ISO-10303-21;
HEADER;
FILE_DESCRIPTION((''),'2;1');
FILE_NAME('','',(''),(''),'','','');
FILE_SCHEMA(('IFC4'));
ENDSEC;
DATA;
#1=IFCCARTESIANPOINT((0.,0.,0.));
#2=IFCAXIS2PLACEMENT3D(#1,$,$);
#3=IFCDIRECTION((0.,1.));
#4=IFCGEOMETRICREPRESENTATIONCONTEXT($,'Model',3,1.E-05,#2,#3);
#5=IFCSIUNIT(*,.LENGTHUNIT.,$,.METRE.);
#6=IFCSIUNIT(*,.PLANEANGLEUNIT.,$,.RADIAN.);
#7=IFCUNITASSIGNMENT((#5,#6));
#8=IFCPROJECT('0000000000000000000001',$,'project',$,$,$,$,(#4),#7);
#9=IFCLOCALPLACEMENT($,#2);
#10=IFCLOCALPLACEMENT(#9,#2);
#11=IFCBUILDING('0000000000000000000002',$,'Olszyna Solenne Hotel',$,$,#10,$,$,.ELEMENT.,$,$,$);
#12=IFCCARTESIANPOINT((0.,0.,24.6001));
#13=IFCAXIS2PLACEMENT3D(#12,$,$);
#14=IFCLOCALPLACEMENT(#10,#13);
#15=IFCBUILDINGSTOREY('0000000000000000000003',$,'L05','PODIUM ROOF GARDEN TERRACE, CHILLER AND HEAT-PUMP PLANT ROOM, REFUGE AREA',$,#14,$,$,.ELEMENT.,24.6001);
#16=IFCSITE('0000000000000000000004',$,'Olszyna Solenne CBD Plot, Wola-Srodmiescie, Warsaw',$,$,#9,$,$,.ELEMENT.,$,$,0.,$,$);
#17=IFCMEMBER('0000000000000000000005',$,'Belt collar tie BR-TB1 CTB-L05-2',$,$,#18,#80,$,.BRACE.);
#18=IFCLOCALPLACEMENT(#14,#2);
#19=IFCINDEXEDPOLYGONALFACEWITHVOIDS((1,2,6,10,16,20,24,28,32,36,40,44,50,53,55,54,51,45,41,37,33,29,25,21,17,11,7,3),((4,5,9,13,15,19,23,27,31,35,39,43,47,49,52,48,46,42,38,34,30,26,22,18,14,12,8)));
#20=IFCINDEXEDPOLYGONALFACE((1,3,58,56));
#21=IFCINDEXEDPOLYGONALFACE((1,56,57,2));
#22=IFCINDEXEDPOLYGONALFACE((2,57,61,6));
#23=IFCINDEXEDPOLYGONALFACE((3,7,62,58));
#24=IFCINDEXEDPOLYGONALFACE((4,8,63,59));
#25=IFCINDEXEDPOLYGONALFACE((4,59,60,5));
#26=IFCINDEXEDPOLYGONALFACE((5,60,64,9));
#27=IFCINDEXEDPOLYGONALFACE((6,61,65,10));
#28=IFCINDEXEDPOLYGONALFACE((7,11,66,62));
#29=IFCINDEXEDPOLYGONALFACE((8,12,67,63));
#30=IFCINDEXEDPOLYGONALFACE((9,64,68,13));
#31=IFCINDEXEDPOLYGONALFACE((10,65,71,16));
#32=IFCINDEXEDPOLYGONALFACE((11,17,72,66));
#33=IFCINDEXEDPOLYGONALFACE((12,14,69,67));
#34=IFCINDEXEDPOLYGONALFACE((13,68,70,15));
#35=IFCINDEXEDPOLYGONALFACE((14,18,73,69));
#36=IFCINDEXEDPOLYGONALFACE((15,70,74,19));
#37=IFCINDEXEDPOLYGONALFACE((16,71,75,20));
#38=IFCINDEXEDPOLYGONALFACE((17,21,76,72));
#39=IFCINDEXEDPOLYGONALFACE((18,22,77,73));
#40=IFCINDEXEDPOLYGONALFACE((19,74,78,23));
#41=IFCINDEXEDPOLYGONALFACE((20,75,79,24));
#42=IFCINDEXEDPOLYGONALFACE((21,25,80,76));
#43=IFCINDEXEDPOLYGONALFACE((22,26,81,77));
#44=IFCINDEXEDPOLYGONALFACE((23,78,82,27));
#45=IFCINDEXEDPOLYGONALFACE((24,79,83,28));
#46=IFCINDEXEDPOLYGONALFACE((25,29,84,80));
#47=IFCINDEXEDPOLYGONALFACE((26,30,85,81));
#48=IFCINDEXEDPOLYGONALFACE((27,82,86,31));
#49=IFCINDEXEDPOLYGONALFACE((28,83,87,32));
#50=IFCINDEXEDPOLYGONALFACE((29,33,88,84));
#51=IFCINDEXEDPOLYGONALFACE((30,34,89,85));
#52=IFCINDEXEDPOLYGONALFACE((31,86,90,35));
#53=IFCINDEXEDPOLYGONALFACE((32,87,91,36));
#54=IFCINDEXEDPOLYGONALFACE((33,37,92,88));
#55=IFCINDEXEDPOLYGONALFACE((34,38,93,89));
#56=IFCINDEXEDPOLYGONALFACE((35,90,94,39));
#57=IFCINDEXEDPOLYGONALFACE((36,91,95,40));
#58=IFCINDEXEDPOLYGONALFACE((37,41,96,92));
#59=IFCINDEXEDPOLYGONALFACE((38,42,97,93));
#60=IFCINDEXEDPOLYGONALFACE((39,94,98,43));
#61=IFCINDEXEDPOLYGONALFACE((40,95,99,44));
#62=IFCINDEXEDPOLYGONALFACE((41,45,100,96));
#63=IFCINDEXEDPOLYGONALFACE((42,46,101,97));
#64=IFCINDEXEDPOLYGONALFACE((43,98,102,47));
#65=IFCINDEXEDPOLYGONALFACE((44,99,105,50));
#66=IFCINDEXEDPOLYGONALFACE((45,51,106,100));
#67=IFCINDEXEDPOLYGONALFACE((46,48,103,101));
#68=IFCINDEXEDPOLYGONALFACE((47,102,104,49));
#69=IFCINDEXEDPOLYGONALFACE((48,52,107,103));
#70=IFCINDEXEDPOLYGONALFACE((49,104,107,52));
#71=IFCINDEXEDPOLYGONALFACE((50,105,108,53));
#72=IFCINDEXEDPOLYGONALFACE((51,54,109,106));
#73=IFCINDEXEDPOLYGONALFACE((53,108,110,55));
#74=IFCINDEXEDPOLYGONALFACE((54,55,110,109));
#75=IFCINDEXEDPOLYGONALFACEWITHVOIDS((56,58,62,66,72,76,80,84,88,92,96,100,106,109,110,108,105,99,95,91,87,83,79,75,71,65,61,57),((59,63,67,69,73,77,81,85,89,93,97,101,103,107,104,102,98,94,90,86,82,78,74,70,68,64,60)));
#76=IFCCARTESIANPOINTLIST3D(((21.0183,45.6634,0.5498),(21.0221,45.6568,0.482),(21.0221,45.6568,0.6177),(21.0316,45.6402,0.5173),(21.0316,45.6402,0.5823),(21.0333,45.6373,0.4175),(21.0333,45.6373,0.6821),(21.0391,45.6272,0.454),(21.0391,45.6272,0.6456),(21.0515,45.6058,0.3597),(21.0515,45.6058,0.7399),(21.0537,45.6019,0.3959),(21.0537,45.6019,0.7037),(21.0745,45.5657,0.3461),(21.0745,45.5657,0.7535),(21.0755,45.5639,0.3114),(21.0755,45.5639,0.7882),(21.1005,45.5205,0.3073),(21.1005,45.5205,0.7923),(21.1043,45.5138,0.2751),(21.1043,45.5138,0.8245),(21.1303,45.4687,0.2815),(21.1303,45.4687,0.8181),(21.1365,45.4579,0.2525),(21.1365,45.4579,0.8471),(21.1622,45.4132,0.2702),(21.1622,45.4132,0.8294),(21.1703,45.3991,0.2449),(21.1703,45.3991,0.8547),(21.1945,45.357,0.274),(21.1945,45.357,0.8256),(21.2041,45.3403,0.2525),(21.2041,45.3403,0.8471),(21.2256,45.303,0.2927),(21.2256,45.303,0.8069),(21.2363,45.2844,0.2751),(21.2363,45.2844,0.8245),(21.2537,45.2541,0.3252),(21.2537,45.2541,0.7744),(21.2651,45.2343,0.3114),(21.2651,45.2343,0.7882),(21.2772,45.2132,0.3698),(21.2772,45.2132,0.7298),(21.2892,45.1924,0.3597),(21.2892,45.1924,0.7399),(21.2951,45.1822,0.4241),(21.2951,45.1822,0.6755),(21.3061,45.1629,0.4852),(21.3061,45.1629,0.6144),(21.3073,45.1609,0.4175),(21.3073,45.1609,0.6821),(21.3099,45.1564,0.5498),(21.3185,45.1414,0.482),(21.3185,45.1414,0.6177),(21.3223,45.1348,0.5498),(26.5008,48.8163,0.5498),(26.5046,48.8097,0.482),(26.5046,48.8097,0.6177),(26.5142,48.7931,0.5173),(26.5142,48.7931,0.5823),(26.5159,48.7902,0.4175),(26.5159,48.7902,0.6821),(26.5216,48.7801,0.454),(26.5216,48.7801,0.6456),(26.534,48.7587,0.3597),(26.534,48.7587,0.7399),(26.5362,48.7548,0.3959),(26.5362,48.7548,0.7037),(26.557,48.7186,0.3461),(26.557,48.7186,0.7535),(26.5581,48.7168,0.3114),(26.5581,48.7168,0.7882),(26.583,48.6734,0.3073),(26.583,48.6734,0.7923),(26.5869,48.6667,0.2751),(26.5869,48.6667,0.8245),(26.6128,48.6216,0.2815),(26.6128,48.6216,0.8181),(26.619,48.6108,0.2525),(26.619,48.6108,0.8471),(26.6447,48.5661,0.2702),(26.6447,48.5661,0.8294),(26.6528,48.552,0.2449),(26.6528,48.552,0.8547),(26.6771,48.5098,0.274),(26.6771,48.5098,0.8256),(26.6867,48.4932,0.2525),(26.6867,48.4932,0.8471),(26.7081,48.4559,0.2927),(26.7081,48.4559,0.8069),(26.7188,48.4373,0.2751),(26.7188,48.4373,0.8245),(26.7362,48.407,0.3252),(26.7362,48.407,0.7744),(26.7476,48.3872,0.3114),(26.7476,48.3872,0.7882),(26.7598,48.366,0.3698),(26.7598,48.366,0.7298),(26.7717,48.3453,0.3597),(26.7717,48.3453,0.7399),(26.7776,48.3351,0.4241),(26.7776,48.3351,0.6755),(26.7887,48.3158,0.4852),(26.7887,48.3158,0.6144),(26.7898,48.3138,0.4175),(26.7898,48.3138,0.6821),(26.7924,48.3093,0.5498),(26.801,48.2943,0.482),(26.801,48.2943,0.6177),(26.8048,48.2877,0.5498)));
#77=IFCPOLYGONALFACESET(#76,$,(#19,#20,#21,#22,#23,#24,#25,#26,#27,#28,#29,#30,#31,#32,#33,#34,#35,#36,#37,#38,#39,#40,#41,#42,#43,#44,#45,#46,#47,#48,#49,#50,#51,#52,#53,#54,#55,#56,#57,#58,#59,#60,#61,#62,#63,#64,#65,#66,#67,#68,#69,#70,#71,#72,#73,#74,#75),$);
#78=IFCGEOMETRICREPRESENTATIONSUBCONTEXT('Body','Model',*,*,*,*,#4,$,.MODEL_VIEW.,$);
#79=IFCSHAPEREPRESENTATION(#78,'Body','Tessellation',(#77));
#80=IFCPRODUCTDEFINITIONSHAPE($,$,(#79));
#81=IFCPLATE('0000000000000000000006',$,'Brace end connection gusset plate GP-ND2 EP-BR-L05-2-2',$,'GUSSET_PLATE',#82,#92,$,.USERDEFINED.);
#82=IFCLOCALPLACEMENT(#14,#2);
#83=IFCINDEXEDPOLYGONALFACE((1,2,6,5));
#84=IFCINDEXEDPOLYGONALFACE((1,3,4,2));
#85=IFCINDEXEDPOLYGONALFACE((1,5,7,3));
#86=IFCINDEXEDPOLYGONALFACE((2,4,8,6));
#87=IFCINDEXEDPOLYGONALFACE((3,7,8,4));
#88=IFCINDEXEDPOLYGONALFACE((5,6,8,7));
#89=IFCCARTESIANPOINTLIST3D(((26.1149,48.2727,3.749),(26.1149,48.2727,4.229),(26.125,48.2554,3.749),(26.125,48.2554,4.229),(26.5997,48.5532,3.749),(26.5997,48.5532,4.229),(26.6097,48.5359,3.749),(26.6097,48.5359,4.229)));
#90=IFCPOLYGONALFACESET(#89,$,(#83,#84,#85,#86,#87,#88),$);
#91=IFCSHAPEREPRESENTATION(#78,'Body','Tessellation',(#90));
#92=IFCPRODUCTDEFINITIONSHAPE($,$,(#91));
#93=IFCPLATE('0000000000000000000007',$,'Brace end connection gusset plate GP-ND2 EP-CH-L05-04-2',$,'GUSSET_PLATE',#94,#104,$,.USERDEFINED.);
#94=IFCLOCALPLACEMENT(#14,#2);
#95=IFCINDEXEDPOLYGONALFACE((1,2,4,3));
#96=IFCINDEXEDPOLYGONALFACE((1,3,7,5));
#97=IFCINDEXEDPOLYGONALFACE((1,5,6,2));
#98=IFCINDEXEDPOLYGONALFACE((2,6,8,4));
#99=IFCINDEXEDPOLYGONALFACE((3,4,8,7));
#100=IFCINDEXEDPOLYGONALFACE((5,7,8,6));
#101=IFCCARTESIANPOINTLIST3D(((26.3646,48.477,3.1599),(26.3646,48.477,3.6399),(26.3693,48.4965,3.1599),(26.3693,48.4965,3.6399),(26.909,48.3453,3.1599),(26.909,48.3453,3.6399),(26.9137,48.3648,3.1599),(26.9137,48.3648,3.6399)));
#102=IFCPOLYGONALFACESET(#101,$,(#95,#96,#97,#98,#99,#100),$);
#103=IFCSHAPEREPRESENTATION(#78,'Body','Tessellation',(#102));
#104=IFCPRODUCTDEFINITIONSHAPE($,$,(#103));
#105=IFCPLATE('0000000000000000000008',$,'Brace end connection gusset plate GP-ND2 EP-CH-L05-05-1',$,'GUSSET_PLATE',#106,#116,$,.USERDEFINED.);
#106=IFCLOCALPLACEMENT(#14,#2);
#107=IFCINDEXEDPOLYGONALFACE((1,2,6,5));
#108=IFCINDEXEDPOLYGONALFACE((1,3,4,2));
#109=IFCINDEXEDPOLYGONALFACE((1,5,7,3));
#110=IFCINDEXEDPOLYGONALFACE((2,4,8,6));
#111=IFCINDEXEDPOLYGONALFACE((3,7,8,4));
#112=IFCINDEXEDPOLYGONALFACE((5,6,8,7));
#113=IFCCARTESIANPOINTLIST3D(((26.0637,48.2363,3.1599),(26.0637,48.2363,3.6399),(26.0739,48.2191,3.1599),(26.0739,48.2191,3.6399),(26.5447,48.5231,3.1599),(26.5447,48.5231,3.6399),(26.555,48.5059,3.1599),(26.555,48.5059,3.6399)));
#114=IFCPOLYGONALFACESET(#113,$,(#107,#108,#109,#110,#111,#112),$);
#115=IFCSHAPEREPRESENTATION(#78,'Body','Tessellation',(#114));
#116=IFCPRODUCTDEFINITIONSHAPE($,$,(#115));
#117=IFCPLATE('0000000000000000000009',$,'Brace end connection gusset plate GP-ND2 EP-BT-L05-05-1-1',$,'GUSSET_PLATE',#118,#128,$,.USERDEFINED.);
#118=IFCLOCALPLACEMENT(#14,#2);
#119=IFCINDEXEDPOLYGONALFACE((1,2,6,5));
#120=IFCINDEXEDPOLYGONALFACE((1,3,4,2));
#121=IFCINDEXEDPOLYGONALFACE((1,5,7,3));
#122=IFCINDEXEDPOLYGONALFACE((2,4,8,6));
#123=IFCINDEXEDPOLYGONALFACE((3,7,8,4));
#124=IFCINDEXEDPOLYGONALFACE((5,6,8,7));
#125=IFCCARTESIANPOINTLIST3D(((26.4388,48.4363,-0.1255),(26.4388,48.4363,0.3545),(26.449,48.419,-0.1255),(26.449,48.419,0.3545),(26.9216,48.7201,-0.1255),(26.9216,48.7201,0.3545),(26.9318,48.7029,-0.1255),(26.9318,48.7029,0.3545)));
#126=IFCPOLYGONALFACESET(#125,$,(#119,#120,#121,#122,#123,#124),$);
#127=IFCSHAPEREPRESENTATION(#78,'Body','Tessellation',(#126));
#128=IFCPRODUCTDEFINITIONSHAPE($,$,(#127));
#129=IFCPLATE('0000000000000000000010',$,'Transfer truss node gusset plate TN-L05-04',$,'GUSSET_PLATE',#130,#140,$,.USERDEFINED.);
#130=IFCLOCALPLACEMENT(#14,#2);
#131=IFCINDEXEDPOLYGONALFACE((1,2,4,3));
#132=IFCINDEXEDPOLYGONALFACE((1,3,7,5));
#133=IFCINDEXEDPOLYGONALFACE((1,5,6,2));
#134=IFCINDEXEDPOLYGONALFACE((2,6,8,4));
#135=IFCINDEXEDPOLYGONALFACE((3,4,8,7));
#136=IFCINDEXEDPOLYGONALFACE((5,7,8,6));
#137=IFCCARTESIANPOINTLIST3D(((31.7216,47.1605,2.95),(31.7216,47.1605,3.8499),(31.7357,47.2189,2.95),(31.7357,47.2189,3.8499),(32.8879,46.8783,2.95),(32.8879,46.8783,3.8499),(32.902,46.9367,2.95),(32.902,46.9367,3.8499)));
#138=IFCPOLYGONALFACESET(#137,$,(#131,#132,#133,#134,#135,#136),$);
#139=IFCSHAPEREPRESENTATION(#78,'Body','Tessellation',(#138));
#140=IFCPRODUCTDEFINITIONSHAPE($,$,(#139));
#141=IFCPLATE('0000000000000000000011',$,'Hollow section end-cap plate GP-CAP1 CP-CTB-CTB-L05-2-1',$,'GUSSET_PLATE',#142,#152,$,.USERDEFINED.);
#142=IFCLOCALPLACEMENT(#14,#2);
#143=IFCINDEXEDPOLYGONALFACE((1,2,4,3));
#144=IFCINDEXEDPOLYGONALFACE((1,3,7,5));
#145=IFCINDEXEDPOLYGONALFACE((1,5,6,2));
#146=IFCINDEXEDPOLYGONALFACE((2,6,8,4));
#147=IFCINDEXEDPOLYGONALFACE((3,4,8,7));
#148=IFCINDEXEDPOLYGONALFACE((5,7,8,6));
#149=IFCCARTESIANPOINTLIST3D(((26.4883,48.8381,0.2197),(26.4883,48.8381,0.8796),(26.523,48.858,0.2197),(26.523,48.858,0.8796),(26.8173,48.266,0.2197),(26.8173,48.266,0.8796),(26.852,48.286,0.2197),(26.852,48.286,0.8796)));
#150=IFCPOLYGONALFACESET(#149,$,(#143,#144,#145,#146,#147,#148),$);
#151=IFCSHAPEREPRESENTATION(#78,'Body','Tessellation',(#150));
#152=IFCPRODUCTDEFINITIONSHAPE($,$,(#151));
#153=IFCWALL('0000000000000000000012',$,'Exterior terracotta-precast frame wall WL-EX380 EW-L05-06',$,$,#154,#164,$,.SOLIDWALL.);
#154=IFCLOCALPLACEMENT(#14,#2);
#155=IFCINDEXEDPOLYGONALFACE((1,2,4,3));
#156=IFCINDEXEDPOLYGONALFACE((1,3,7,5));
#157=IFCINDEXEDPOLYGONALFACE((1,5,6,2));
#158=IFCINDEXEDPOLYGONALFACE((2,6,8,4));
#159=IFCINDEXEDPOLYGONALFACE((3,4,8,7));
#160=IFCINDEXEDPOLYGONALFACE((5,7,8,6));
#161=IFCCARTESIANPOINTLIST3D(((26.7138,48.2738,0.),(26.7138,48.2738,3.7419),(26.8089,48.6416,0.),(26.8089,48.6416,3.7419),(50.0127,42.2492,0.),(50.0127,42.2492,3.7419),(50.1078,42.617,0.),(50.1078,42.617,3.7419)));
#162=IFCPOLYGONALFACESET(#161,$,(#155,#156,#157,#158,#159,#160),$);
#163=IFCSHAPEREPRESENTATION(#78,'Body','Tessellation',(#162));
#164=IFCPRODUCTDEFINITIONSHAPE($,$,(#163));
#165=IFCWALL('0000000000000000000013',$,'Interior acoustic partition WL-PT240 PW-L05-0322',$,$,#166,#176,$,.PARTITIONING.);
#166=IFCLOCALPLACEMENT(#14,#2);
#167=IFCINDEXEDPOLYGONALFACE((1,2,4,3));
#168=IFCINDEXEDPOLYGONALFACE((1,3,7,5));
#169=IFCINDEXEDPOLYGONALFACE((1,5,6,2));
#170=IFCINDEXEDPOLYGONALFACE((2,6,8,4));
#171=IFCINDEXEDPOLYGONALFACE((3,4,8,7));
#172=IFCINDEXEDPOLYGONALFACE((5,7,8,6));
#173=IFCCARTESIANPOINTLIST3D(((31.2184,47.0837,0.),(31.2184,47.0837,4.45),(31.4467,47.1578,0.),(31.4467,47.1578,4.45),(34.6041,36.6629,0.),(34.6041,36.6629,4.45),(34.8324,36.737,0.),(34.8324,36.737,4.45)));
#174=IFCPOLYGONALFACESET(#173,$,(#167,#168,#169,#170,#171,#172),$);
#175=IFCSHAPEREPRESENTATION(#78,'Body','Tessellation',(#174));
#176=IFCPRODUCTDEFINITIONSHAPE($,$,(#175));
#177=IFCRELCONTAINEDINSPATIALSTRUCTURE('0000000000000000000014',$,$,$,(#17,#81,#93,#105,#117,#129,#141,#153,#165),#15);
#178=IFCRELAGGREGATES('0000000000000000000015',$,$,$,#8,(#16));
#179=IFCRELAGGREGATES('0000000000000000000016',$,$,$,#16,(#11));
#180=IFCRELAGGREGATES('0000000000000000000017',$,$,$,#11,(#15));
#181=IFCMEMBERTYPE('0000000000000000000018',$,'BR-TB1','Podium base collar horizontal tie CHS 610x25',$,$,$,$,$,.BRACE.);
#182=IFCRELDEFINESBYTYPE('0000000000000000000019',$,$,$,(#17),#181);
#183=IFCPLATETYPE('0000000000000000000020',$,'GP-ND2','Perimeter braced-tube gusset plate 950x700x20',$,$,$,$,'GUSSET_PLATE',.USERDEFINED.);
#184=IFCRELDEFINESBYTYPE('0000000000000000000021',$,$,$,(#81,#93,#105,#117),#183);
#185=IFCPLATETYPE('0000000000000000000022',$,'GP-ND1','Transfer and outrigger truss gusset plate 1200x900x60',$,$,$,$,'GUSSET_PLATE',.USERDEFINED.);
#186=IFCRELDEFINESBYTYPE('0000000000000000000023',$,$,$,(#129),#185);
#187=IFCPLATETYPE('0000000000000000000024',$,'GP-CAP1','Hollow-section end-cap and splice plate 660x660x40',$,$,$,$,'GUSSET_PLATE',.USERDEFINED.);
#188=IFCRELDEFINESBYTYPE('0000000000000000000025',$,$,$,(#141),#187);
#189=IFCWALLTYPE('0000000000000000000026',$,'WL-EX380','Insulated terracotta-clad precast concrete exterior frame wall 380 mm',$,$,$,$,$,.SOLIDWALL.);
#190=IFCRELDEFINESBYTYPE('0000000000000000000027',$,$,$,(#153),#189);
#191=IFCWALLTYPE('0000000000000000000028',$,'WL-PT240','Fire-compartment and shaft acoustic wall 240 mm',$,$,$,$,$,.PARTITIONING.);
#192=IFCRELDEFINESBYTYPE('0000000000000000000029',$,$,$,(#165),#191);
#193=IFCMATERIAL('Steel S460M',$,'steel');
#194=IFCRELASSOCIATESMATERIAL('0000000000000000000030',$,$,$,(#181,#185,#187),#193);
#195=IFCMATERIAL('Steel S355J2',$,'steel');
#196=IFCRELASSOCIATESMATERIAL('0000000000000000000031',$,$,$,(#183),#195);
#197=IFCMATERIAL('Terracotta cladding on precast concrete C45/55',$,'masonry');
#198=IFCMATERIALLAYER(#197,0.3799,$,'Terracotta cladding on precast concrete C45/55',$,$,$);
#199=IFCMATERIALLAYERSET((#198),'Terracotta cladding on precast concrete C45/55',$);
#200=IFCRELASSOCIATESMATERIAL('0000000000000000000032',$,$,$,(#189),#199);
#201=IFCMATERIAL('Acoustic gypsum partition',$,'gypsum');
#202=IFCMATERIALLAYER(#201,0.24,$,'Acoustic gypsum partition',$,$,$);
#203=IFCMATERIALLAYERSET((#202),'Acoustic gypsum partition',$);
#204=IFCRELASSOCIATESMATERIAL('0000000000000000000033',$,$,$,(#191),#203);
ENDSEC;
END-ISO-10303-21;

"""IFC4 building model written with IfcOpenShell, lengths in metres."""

from ifc_helpers import new_model, si_unit, direction, frame, frame_2d, origin, origin_2d, place, context, subcontext, project, spatial, rectangle, hollow_circle, extrude, source, transform, mapped, material, layer, layer_set, material_profile, profile_set, type_object, element, save


model = new_model("IFC4")

# Units and contexts
model_context = context("Model", 3, precision=1e-05, world=origin(), true_north=direction((0.0, 1.0)))
body_context = subcontext(model_context, "Body", "Model", "MODEL_VIEW")
ifc_project = project(units=[si_unit("LENGTHUNIT", "METRE"), si_unit("PLANEANGLEUNIT", "RADIAN")], contexts=[model_context])

# Site, building, storey
site_placement = place(None, origin())
site = spatial("IfcSite", under=ifc_project, at=site_placement, Name="Olszyna Solenne CBD Plot, Wola-Srodmiescie, Warsaw", CompositionType="ELEMENT", RefElevation=0.0)
building_placement = place(site_placement, origin())
building = spatial("IfcBuilding", under=site, at=building_placement, Name="Olszyna Solenne Hotel", CompositionType="ELEMENT")
storey_placement = place(building_placement, frame((0.0, 0.0, 24.6001)))
storey = spatial("IfcBuildingStorey", under=building, at=storey_placement, Name="L05", Description="PODIUM ROOF GARDEN TERRACE, CHILLER AND HEAT-PUMP PLANT ROOM, REFUGE AREA", CompositionType="ELEMENT", Elevation=24.6001)

# Shared definitions
ifc_material_1 = material(Name="Steel S460M", Category="steel")

# Shared definitions
ifc_material_2 = material(Name="Steel S355J2", Category="steel")

# Member
ifc_material_profile_1 = material_profile(ifc_material_1, hollow_circle(Radius=0.3049, WallThickness=0.0249, at=origin_2d()), Name="CHS 610x25", Category="load-bearing")
ifc_profile_set_1 = profile_set([ifc_material_profile_1], Name="Steel S460M")
member_type_1 = type_object("IfcMemberType", Name="BR-TB1", Description="Podium base collar horizontal tie CHS 610x25", PredefinedType="BRACE", material=ifc_profile_set_1)
shared_shape_1 = source(origin(), body_context, "Body", "SweptSolid", [
    extrude(hollow_circle(Radius=0.3049, WallThickness=0.0249, at=origin_2d()), origin(), (0.0, 0.0, 1.0), 6.3245),
])
member_1_placement = place(storey_placement, frame((26.6528, 48.552, 0.5498), z_axis=(-0.866876, -0.498523, 0.0), x_axis=(0.498523, -0.866876, 0.0)))
element("IfcMember", 1, at=member_1_placement, inside=storey, type_object=member_type_1, Name="Belt collar tie BR-TB1 CTB-L05-2", PredefinedType="BRACE", context=body_context, shape_type="MappedRepresentation", body=[
    mapped(shared_shape_1, transform((0.0, 0.0, 0.0), x_axis=(1.0, 0.0, 0.0), y_axis=(0.0, 1.0, 0.0), z_axis=(0.0, 0.0, 1.0), scale=1.0)),
])

# Plates
plate_type_1 = type_object("IfcPlateType", Name="GP-ND2", Description="Perimeter braced-tube gusset plate 950x700x20", ElementType="GUSSET_PLATE", PredefinedType="USERDEFINED", material=ifc_material_2)
shared_shape_2 = source(origin(), body_context, "Body", "SweptSolid", [
    extrude(rectangle(XDim=0.5601, YDim=0.02, at=origin_2d()), origin(), (0.0, 0.0, 1.0), 0.48),
])
for number, where, z_axis, x_axis, name in (
    (2, (26.3623, 48.4043, 3.749), (0.0, 0.0, 1.0), (0.865501, 0.500907, 0.0), "Brace end connection gusset plate GP-ND2 EP-BR-L05-2-2"),
    (3, (26.6392, 48.4209, 3.1599), (0.0, 0.0, 1.0), (-0.971961, 0.235142, 0.0), "Brace end connection gusset plate GP-ND2 EP-CH-L05-04-2"),
    (4, (26.3093, 48.3711, 3.1599), (0.0, 0.0, 1.0), (-0.85896, -0.512043, 0.0), "Brace end connection gusset plate GP-ND2 EP-CH-L05-05-1"),
    (5, (26.6853, 48.5696, -0.1255), (0.0, 0.0, 1.0), (-0.862072, -0.506786, 0.0), "Brace end connection gusset plate GP-ND2 EP-BT-L05-05-1-1"),
):
    element("IfcPlate", number, at=place(storey_placement, frame(where, z_axis=z_axis, x_axis=x_axis)), inside=storey, type_object=plate_type_1, Name=name, ObjectType="GUSSET_PLATE", PredefinedType="USERDEFINED", context=body_context, shape_type="MappedRepresentation", body=[
        mapped(shared_shape_2, transform((0.0, 0.0, 0.0), x_axis=(1.0, 0.0, 0.0), y_axis=(0.0, 1.0, 0.0), z_axis=(0.0, 0.0, 1.0), scale=1.0)),
    ])
plate_type_2 = type_object("IfcPlateType", Name="GP-ND1", Description="Transfer and outrigger truss gusset plate 1200x900x60", ElementType="GUSSET_PLATE", PredefinedType="USERDEFINED", material=ifc_material_1)
shared_shape_3 = source(origin(), body_context, "Body", "SweptSolid", [
    extrude(rectangle(XDim=1.2, YDim=0.0601, at=origin_2d()), origin(), (0.0, 0.0, 1.0), 0.8999),
])
plate_1_placement = place(storey_placement, frame((32.3118, 47.0486, 2.95), z_axis=(0.0, 0.0, 1.0), x_axis=(-0.971961, 0.235142, 0.0)))
element("IfcPlate", 6, at=plate_1_placement, inside=storey, type_object=plate_type_2, Name="Transfer truss node gusset plate TN-L05-04", ObjectType="GUSSET_PLATE", PredefinedType="USERDEFINED", context=body_context, shape_type="MappedRepresentation", body=[
    mapped(shared_shape_3, transform((0.0, 0.0, 0.0), x_axis=(1.0, 0.0, 0.0), y_axis=(0.0, 1.0, 0.0), z_axis=(0.0, 0.0, 1.0), scale=1.0)),
])
plate_type_3 = type_object("IfcPlateType", Name="GP-CAP1", Description="Hollow-section end-cap and splice plate 660x660x40", ElementType="GUSSET_PLATE", PredefinedType="USERDEFINED", material=ifc_material_1)
shared_shape_4 = source(origin(), body_context, "Body", "SweptSolid", [
    extrude(rectangle(XDim=0.04, YDim=0.6599, at=origin_2d()), origin(), (0.0, 0.0, 1.0), 0.6599),
])
plate_2_placement = place(storey_placement, frame((26.6702, 48.562, 0.2197), z_axis=(0.0, 0.0, 1.0), x_axis=(-0.866897, -0.498488, 0.0)))
element("IfcPlate", 7, at=plate_2_placement, inside=storey, type_object=plate_type_3, Name="Hollow section end-cap plate GP-CAP1 CP-CTB-CTB-L05-2-1", ObjectType="GUSSET_PLATE", PredefinedType="USERDEFINED", context=body_context, shape_type="MappedRepresentation", body=[
    mapped(shared_shape_4, transform((0.0, 0.0, 0.0), x_axis=(1.0, 0.0, 0.0), y_axis=(0.0, 1.0, 0.0), z_axis=(0.0, 0.0, 1.0), scale=1.0)),
])

# Walls
ifc_material_3 = material(Name="Terracotta cladding on precast concrete C45/55", Category="masonry")
ifc_layer_1 = layer(ifc_material_3, 0.3799, Name="Terracotta cladding on precast concrete C45/55")
ifc_layer_set_1 = layer_set([ifc_layer_1], Name="Terracotta cladding on precast concrete C45/55")
wall_type_1 = type_object("IfcWallType", Name="WL-EX380", Description="Insulated terracotta-clad precast concrete exterior frame wall 380 mm", PredefinedType="SOLIDWALL", material=ifc_layer_set_1)
wall_1_placement = place(storey_placement, frame((26.7612, 48.4578, 0.0), z_axis=(0.0, 0.0, 1.0), x_axis=(0.968156, -0.250348, 0.0)))
element("IfcWall", 8, at=wall_1_placement, inside=storey, type_object=wall_type_1, Name="Exterior terracotta-precast frame wall WL-EX380 EW-L05-06", PredefinedType="SOLIDWALL", context=body_context, shape_type="SweptSolid", body=[
    extrude(rectangle(XDim=24.0652, YDim=0.3799, at=frame_2d((12.0327, 0.0))), origin(), (0.0, 0.0, 1.0), 3.7419),
])
ifc_material_4 = material(Name="Acoustic gypsum partition", Category="gypsum")
ifc_layer_2 = layer(ifc_material_4, 0.24, Name="Acoustic gypsum partition")
ifc_layer_set_2 = layer_set([ifc_layer_2], Name="Acoustic gypsum partition")
wall_type_2 = type_object("IfcWallType", Name="WL-PT240", Description="Fire-compartment and shaft acoustic wall 240 mm", PredefinedType="PARTITIONING", material=ifc_layer_set_2)
wall_2_placement = place(storey_placement, frame((34.7183, 36.7, 0.0), z_axis=(0.0, 0.0, 1.0), x_axis=(-0.308999, 0.951062, 0.0)))
element("IfcWall", 9, at=wall_2_placement, inside=storey, type_object=wall_type_2, Name="Interior acoustic partition WL-PT240 PW-L05-0322", PredefinedType="PARTITIONING", context=body_context, shape_type="SweptSolid", body=[
    extrude(rectangle(XDim=10.957, YDim=0.24, at=frame_2d((5.4785, 0.0))), origin(), (0.0, 0.0, 1.0), 4.45),
])

save(model, "model.ifc")
